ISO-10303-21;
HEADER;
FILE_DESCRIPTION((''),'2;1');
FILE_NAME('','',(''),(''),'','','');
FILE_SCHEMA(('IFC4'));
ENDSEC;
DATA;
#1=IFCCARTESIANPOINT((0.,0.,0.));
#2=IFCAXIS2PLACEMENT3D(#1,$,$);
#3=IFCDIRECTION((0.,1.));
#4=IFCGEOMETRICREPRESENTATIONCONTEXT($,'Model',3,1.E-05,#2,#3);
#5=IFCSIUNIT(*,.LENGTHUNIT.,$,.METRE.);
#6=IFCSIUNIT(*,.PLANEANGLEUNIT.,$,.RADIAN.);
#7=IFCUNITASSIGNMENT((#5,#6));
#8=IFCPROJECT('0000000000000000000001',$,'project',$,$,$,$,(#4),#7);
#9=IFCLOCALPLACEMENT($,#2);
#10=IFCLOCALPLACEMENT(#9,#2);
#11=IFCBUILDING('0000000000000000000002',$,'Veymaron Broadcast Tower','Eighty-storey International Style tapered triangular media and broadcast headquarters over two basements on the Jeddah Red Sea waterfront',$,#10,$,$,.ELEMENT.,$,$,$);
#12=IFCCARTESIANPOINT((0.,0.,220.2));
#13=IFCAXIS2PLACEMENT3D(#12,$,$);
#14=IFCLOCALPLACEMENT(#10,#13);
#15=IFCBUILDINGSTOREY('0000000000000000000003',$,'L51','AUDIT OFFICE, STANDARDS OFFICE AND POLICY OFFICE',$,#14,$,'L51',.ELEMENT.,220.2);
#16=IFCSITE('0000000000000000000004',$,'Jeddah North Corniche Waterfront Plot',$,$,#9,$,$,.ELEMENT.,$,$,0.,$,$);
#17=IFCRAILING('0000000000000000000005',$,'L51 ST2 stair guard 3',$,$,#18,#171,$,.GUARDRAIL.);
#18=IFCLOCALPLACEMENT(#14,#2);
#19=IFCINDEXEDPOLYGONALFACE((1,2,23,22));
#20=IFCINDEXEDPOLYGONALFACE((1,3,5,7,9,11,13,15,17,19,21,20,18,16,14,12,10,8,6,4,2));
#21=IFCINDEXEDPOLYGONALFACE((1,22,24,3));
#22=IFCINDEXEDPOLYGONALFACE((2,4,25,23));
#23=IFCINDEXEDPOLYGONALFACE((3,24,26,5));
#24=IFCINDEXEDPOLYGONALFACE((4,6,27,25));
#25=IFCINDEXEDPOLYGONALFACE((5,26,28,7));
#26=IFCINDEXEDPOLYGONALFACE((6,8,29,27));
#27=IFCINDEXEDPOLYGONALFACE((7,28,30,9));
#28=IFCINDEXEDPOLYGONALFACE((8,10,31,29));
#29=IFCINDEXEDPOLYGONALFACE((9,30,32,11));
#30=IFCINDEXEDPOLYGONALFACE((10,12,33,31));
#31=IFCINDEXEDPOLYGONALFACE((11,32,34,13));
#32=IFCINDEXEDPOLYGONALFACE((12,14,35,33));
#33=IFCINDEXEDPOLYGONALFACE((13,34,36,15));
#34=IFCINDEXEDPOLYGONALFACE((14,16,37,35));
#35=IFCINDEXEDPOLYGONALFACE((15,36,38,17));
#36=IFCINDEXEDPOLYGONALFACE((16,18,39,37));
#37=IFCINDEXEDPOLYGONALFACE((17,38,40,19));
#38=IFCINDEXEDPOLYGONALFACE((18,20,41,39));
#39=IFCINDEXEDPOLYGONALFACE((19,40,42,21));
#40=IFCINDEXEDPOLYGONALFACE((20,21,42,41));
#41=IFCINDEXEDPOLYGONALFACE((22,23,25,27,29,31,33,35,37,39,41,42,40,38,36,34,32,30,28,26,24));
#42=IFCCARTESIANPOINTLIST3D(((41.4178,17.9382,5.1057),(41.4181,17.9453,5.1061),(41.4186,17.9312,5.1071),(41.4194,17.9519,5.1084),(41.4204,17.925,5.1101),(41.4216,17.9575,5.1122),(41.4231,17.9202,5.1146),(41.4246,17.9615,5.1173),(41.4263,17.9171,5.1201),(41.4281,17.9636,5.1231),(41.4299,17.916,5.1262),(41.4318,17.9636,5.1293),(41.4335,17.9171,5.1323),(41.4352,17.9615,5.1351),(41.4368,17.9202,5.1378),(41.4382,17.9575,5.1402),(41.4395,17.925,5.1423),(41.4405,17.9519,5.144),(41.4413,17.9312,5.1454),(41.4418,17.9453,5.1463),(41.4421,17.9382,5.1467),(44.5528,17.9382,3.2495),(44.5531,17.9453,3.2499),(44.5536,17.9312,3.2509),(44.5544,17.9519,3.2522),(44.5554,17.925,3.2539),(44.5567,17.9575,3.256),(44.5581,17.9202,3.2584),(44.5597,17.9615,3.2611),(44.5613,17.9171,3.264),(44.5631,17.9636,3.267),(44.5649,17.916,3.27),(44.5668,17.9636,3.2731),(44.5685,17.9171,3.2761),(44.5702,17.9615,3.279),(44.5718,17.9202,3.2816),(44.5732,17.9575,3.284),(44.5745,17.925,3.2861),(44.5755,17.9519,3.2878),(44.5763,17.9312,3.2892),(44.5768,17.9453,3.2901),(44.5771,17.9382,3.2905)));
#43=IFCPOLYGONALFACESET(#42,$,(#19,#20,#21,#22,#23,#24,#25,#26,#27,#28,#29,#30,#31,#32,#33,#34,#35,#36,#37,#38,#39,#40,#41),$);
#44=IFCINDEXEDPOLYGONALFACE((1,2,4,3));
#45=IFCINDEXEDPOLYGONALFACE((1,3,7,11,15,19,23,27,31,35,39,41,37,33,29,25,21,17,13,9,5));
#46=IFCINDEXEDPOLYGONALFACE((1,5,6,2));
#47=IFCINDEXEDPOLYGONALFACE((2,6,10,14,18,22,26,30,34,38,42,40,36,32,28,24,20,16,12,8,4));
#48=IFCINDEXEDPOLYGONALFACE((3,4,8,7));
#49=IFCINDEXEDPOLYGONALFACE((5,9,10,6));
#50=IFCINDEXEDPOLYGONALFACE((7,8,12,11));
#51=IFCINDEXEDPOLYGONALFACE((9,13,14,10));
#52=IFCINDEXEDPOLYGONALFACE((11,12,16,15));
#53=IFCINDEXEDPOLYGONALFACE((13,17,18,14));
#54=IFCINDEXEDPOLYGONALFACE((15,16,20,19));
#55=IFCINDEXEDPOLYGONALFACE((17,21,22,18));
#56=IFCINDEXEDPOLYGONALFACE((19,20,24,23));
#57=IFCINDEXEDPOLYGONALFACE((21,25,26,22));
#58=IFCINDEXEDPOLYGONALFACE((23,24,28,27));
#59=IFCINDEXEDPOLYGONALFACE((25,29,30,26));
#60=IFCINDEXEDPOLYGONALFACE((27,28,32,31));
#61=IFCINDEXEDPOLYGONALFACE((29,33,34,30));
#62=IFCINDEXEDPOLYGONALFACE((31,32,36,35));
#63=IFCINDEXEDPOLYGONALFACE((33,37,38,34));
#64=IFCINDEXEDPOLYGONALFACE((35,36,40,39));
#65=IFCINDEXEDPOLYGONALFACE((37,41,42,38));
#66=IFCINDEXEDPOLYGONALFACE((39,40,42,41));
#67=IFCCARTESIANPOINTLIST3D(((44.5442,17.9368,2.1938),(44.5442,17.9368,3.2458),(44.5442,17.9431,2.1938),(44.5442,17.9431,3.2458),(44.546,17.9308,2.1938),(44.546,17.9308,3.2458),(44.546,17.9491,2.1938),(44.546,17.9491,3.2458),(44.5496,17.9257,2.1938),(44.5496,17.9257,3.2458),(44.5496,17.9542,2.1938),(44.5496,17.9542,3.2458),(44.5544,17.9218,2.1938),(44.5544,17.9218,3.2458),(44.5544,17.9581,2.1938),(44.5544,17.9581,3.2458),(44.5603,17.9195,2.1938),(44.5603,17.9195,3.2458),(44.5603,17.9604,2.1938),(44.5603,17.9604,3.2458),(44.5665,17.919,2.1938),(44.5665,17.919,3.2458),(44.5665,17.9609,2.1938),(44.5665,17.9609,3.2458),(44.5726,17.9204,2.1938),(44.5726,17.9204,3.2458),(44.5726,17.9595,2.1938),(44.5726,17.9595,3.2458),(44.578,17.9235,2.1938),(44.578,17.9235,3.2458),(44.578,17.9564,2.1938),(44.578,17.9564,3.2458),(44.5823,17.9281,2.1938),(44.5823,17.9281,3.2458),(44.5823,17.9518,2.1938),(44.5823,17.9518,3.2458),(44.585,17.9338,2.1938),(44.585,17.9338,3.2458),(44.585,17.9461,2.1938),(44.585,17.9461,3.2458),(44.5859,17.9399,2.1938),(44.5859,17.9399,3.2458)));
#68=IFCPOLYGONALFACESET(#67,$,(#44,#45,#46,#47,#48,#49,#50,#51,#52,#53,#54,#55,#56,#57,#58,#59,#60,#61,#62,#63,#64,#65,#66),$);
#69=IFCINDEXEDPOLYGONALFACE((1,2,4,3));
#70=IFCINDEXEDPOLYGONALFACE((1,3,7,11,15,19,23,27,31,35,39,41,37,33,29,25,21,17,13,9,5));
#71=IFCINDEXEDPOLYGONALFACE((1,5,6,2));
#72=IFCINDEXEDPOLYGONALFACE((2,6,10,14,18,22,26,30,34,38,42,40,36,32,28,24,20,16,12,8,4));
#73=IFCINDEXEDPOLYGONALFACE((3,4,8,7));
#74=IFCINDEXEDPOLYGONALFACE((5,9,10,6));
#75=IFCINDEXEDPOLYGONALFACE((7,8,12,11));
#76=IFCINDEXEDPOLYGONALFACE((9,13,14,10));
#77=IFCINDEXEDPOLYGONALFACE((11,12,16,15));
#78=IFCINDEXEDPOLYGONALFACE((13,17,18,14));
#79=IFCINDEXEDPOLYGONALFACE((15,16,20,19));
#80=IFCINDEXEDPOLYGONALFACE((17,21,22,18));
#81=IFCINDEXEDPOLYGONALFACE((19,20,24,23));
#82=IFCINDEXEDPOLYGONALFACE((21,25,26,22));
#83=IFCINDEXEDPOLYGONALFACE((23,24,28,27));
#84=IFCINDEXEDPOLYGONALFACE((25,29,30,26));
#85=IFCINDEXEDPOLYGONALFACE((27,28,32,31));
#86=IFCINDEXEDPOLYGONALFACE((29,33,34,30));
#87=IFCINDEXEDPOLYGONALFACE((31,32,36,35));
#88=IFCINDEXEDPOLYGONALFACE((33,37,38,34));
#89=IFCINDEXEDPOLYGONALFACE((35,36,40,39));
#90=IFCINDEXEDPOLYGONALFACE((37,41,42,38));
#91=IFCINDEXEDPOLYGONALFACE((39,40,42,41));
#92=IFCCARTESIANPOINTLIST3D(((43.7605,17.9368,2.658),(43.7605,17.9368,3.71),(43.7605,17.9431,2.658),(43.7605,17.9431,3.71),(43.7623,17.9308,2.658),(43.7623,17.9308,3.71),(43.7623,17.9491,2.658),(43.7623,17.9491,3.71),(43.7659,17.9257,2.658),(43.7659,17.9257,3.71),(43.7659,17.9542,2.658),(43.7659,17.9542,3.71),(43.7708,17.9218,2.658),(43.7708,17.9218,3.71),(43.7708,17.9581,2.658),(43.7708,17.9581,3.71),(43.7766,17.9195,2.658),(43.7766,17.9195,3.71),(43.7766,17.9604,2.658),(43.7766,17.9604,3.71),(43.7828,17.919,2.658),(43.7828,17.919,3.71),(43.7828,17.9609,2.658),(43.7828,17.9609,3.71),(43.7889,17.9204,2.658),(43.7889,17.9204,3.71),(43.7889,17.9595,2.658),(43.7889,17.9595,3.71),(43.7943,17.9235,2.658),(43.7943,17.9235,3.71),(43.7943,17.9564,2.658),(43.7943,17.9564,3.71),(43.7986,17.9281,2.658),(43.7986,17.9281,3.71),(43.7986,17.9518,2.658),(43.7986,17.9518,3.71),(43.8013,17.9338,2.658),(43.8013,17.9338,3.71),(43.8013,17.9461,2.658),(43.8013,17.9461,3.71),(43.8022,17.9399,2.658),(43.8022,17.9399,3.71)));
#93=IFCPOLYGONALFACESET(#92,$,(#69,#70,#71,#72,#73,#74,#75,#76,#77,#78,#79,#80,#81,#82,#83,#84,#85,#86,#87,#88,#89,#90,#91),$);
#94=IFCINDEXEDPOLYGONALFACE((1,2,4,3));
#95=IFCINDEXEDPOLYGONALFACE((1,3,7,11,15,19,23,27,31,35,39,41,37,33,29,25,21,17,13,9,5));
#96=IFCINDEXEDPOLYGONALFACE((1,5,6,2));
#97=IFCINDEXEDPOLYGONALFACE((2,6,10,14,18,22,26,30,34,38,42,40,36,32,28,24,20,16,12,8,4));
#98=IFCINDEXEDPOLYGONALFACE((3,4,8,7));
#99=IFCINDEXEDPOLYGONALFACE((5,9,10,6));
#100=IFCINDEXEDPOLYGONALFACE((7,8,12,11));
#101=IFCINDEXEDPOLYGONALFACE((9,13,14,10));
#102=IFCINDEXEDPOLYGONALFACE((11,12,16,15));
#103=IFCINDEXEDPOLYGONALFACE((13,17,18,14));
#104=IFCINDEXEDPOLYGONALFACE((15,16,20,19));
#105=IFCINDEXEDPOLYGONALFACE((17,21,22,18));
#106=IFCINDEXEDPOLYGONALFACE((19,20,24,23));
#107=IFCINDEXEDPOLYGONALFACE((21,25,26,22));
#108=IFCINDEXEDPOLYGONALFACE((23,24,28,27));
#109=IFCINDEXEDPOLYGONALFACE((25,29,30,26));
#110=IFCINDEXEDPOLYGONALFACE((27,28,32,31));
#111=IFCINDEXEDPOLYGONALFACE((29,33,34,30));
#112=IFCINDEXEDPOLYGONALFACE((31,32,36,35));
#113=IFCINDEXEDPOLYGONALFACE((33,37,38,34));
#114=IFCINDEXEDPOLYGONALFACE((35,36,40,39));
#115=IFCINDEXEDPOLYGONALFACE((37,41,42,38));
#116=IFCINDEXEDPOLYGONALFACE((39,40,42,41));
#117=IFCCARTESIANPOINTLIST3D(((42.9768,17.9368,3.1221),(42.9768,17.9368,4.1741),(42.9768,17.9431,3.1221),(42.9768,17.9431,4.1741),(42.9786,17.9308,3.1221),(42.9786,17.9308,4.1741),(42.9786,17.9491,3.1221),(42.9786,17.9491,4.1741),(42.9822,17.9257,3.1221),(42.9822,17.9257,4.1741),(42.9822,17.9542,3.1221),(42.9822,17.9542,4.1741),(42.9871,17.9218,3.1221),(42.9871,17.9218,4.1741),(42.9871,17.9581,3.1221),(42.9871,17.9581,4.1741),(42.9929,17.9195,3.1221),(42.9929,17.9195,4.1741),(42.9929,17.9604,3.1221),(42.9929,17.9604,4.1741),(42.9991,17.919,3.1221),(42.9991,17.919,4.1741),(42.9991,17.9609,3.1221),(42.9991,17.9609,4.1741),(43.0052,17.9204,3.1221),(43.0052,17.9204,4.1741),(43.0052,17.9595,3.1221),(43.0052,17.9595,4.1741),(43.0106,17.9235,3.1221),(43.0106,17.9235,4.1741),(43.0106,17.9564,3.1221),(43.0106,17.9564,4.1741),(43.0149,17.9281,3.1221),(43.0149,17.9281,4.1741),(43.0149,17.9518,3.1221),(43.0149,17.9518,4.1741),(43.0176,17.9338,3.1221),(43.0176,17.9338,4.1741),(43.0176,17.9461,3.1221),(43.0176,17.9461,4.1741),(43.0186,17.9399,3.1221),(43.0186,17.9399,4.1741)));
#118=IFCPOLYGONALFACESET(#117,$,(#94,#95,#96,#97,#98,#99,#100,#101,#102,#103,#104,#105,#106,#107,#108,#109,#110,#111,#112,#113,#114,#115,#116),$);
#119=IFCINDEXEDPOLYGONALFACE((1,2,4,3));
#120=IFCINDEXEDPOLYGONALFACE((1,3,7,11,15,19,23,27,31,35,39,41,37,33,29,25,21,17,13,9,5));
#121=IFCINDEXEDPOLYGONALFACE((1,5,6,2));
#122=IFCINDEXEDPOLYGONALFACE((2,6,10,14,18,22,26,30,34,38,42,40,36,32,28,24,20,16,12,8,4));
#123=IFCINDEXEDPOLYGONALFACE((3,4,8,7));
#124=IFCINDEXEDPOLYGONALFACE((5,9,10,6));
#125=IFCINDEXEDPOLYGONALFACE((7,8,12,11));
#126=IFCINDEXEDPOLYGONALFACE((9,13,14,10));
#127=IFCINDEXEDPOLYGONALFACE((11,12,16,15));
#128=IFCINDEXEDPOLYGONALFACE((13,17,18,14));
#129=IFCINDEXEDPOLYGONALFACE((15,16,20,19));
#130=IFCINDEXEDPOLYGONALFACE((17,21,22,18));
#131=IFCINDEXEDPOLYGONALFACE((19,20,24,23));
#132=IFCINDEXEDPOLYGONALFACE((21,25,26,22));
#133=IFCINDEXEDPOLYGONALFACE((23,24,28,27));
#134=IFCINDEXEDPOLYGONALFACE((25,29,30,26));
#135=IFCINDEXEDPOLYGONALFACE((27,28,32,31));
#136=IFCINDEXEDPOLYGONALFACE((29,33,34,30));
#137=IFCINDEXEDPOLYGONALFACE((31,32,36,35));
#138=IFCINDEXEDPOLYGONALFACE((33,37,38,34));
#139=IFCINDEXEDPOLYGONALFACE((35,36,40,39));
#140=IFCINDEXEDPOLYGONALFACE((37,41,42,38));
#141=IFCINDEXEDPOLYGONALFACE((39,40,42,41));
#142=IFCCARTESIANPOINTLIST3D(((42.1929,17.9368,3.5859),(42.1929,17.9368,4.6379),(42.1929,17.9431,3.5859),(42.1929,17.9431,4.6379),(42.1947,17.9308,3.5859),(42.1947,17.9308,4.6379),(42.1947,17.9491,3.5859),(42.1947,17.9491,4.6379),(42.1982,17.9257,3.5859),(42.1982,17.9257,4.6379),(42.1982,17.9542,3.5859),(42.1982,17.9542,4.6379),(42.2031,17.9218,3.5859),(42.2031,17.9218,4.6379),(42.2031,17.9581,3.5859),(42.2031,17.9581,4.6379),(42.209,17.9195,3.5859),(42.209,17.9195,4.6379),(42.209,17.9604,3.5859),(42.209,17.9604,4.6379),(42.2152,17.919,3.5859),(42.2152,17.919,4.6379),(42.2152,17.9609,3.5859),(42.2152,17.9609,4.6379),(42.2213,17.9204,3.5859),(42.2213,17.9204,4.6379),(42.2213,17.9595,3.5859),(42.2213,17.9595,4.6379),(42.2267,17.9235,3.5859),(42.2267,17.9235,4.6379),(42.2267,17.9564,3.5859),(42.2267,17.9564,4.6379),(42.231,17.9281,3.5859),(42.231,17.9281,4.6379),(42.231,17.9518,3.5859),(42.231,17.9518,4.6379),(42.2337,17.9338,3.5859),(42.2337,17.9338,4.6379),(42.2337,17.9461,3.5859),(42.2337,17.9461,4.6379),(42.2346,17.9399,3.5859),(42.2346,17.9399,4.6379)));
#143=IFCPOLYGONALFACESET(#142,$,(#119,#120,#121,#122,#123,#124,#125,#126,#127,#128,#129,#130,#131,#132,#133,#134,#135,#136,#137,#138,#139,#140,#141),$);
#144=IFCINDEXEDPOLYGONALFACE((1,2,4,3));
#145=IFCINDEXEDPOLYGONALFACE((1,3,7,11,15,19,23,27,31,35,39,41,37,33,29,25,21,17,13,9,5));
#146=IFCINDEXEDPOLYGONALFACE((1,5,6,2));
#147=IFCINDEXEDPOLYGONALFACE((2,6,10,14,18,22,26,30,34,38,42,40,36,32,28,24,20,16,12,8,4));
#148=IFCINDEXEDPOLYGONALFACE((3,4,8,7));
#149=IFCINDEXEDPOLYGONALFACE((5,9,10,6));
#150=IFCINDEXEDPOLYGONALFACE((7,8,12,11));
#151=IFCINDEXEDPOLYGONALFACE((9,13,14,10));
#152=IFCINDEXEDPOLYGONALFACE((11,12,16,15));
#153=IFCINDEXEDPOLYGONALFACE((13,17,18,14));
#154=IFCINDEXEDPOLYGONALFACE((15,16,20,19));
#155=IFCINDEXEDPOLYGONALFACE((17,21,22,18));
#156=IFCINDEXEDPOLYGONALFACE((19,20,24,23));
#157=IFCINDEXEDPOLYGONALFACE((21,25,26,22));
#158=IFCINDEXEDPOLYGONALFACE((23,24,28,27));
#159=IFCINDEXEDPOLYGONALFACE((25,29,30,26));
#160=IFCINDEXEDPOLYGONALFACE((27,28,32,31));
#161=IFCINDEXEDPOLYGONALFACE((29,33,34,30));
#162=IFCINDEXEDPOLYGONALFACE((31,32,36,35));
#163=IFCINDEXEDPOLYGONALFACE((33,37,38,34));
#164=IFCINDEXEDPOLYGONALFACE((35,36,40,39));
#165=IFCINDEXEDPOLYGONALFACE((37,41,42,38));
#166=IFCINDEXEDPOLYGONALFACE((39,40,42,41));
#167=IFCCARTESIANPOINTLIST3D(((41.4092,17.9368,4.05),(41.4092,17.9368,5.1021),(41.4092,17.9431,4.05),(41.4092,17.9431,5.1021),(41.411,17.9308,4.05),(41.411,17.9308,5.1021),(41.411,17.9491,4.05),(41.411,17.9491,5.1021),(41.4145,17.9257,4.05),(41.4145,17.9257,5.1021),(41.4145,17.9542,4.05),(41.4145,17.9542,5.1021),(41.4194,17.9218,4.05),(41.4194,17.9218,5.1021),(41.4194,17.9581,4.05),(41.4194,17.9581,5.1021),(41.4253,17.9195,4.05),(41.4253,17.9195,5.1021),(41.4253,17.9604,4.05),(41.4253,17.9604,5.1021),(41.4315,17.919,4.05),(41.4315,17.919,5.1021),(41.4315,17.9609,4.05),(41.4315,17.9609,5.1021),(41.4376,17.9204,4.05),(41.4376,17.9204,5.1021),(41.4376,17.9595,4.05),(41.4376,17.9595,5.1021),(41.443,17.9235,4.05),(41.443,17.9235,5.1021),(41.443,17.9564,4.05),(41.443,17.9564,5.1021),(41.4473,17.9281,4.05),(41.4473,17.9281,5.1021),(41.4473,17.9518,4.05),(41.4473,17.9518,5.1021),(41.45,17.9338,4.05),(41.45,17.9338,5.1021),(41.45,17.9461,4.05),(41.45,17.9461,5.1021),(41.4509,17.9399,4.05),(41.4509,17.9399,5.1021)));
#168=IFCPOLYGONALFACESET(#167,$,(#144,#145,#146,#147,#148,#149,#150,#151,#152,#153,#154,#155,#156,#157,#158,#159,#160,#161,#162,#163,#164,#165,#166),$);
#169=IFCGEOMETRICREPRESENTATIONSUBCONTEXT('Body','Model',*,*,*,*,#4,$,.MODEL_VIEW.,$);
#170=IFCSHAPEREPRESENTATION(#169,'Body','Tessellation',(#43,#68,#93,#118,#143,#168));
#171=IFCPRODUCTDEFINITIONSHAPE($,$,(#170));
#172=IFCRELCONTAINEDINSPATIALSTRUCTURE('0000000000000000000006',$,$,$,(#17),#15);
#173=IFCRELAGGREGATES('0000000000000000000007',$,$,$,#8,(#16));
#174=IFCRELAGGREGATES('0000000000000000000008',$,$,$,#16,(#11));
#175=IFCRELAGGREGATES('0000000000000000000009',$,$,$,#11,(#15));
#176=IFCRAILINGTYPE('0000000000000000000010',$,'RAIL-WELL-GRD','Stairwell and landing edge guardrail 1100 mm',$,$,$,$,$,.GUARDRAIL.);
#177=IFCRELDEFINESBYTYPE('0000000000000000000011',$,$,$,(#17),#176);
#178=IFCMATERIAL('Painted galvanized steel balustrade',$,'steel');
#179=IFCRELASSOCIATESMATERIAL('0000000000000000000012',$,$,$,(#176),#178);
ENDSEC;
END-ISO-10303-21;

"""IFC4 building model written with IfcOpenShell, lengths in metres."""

from ifc_helpers import new_model, si_unit, direction, frame, origin, origin_2d, place, context, subcontext, project, spatial, circle, extrude, material, type_object, element, save


model = new_model("IFC4")

# Units and contexts
model_context = context("Model", 3, precision=1e-05, world=origin(), true_north=direction((0.0, 1.0)))
body_context = subcontext(model_context, "Body", "Model", "MODEL_VIEW")
ifc_project = project(units=[si_unit("LENGTHUNIT", "METRE"), si_unit("PLANEANGLEUNIT", "RADIAN")], contexts=[model_context])

# Site, building, storey
site_placement = place(None, origin())
site = spatial("IfcSite", under=ifc_project, at=site_placement, Name="Jeddah North Corniche Waterfront Plot", CompositionType="ELEMENT", RefElevation=0.0)
building_placement = place(site_placement, origin())
building = spatial("IfcBuilding", under=site, at=building_placement, Name="Veymaron Broadcast Tower", Description="Eighty-storey International Style tapered triangular media and broadcast headquarters over two basements on the Jeddah Red Sea waterfront", CompositionType="ELEMENT")
storey_placement = place(building_placement, frame((0.0, 0.0, 220.2)))
storey = spatial("IfcBuildingStorey", under=building, at=storey_placement, Name="L51", Description="AUDIT OFFICE, STANDARDS OFFICE AND POLICY OFFICE", LongName="L51", CompositionType="ELEMENT", Elevation=220.2)

# Railing
ifc_material_1 = material(Name="Painted galvanized steel balustrade", Category="steel")
railing_type_1 = type_object("IfcRailingType", Name="RAIL-WELL-GRD", Description="Stairwell and landing edge guardrail 1100 mm", PredefinedType="GUARDRAIL", material=ifc_material_1)
railing_1_placement = place(storey_placement, frame((44.5649, 17.9399, 2.1938)))
element("IfcRailing", 1, at=railing_1_placement, inside=storey, type_object=railing_type_1, Name="L51 ST2 stair guard 3", PredefinedType="GUARDRAIL", context=body_context, shape_type="SweptSolid", body=[
    extrude(circle(Radius=0.0239, at=origin_2d()), frame((0.0, 0.0, 1.0762), z_axis=(-0.860482, 0.0, 0.509481), x_axis=(0.0, -1.0, 0.0)), (0.0, 0.0, 1.0), 3.6433),
    extrude(circle(Radius=0.021, at=origin_2d()), origin(), (0.0, 0.0, 1.0), 1.052),
    extrude(circle(Radius=0.021, at=origin_2d()), frame((-0.7837, 0.0, 0.4641)), (0.0, 0.0, 1.0), 1.052),
    extrude(circle(Radius=0.021, at=origin_2d()), frame((-1.5674, 0.0, 0.9282)), (0.0, 0.0, 1.0), 1.052),
    extrude(circle(Radius=0.021, at=origin_2d()), frame((-2.3513, 0.0, 1.3921)), (0.0, 0.0, 1.0), 1.052),
    extrude(circle(Radius=0.021, at=origin_2d()), frame((-3.135, 0.0, 1.8562)), (0.0, 0.0, 1.0), 1.052),
])

save(model, "model.ifc")
